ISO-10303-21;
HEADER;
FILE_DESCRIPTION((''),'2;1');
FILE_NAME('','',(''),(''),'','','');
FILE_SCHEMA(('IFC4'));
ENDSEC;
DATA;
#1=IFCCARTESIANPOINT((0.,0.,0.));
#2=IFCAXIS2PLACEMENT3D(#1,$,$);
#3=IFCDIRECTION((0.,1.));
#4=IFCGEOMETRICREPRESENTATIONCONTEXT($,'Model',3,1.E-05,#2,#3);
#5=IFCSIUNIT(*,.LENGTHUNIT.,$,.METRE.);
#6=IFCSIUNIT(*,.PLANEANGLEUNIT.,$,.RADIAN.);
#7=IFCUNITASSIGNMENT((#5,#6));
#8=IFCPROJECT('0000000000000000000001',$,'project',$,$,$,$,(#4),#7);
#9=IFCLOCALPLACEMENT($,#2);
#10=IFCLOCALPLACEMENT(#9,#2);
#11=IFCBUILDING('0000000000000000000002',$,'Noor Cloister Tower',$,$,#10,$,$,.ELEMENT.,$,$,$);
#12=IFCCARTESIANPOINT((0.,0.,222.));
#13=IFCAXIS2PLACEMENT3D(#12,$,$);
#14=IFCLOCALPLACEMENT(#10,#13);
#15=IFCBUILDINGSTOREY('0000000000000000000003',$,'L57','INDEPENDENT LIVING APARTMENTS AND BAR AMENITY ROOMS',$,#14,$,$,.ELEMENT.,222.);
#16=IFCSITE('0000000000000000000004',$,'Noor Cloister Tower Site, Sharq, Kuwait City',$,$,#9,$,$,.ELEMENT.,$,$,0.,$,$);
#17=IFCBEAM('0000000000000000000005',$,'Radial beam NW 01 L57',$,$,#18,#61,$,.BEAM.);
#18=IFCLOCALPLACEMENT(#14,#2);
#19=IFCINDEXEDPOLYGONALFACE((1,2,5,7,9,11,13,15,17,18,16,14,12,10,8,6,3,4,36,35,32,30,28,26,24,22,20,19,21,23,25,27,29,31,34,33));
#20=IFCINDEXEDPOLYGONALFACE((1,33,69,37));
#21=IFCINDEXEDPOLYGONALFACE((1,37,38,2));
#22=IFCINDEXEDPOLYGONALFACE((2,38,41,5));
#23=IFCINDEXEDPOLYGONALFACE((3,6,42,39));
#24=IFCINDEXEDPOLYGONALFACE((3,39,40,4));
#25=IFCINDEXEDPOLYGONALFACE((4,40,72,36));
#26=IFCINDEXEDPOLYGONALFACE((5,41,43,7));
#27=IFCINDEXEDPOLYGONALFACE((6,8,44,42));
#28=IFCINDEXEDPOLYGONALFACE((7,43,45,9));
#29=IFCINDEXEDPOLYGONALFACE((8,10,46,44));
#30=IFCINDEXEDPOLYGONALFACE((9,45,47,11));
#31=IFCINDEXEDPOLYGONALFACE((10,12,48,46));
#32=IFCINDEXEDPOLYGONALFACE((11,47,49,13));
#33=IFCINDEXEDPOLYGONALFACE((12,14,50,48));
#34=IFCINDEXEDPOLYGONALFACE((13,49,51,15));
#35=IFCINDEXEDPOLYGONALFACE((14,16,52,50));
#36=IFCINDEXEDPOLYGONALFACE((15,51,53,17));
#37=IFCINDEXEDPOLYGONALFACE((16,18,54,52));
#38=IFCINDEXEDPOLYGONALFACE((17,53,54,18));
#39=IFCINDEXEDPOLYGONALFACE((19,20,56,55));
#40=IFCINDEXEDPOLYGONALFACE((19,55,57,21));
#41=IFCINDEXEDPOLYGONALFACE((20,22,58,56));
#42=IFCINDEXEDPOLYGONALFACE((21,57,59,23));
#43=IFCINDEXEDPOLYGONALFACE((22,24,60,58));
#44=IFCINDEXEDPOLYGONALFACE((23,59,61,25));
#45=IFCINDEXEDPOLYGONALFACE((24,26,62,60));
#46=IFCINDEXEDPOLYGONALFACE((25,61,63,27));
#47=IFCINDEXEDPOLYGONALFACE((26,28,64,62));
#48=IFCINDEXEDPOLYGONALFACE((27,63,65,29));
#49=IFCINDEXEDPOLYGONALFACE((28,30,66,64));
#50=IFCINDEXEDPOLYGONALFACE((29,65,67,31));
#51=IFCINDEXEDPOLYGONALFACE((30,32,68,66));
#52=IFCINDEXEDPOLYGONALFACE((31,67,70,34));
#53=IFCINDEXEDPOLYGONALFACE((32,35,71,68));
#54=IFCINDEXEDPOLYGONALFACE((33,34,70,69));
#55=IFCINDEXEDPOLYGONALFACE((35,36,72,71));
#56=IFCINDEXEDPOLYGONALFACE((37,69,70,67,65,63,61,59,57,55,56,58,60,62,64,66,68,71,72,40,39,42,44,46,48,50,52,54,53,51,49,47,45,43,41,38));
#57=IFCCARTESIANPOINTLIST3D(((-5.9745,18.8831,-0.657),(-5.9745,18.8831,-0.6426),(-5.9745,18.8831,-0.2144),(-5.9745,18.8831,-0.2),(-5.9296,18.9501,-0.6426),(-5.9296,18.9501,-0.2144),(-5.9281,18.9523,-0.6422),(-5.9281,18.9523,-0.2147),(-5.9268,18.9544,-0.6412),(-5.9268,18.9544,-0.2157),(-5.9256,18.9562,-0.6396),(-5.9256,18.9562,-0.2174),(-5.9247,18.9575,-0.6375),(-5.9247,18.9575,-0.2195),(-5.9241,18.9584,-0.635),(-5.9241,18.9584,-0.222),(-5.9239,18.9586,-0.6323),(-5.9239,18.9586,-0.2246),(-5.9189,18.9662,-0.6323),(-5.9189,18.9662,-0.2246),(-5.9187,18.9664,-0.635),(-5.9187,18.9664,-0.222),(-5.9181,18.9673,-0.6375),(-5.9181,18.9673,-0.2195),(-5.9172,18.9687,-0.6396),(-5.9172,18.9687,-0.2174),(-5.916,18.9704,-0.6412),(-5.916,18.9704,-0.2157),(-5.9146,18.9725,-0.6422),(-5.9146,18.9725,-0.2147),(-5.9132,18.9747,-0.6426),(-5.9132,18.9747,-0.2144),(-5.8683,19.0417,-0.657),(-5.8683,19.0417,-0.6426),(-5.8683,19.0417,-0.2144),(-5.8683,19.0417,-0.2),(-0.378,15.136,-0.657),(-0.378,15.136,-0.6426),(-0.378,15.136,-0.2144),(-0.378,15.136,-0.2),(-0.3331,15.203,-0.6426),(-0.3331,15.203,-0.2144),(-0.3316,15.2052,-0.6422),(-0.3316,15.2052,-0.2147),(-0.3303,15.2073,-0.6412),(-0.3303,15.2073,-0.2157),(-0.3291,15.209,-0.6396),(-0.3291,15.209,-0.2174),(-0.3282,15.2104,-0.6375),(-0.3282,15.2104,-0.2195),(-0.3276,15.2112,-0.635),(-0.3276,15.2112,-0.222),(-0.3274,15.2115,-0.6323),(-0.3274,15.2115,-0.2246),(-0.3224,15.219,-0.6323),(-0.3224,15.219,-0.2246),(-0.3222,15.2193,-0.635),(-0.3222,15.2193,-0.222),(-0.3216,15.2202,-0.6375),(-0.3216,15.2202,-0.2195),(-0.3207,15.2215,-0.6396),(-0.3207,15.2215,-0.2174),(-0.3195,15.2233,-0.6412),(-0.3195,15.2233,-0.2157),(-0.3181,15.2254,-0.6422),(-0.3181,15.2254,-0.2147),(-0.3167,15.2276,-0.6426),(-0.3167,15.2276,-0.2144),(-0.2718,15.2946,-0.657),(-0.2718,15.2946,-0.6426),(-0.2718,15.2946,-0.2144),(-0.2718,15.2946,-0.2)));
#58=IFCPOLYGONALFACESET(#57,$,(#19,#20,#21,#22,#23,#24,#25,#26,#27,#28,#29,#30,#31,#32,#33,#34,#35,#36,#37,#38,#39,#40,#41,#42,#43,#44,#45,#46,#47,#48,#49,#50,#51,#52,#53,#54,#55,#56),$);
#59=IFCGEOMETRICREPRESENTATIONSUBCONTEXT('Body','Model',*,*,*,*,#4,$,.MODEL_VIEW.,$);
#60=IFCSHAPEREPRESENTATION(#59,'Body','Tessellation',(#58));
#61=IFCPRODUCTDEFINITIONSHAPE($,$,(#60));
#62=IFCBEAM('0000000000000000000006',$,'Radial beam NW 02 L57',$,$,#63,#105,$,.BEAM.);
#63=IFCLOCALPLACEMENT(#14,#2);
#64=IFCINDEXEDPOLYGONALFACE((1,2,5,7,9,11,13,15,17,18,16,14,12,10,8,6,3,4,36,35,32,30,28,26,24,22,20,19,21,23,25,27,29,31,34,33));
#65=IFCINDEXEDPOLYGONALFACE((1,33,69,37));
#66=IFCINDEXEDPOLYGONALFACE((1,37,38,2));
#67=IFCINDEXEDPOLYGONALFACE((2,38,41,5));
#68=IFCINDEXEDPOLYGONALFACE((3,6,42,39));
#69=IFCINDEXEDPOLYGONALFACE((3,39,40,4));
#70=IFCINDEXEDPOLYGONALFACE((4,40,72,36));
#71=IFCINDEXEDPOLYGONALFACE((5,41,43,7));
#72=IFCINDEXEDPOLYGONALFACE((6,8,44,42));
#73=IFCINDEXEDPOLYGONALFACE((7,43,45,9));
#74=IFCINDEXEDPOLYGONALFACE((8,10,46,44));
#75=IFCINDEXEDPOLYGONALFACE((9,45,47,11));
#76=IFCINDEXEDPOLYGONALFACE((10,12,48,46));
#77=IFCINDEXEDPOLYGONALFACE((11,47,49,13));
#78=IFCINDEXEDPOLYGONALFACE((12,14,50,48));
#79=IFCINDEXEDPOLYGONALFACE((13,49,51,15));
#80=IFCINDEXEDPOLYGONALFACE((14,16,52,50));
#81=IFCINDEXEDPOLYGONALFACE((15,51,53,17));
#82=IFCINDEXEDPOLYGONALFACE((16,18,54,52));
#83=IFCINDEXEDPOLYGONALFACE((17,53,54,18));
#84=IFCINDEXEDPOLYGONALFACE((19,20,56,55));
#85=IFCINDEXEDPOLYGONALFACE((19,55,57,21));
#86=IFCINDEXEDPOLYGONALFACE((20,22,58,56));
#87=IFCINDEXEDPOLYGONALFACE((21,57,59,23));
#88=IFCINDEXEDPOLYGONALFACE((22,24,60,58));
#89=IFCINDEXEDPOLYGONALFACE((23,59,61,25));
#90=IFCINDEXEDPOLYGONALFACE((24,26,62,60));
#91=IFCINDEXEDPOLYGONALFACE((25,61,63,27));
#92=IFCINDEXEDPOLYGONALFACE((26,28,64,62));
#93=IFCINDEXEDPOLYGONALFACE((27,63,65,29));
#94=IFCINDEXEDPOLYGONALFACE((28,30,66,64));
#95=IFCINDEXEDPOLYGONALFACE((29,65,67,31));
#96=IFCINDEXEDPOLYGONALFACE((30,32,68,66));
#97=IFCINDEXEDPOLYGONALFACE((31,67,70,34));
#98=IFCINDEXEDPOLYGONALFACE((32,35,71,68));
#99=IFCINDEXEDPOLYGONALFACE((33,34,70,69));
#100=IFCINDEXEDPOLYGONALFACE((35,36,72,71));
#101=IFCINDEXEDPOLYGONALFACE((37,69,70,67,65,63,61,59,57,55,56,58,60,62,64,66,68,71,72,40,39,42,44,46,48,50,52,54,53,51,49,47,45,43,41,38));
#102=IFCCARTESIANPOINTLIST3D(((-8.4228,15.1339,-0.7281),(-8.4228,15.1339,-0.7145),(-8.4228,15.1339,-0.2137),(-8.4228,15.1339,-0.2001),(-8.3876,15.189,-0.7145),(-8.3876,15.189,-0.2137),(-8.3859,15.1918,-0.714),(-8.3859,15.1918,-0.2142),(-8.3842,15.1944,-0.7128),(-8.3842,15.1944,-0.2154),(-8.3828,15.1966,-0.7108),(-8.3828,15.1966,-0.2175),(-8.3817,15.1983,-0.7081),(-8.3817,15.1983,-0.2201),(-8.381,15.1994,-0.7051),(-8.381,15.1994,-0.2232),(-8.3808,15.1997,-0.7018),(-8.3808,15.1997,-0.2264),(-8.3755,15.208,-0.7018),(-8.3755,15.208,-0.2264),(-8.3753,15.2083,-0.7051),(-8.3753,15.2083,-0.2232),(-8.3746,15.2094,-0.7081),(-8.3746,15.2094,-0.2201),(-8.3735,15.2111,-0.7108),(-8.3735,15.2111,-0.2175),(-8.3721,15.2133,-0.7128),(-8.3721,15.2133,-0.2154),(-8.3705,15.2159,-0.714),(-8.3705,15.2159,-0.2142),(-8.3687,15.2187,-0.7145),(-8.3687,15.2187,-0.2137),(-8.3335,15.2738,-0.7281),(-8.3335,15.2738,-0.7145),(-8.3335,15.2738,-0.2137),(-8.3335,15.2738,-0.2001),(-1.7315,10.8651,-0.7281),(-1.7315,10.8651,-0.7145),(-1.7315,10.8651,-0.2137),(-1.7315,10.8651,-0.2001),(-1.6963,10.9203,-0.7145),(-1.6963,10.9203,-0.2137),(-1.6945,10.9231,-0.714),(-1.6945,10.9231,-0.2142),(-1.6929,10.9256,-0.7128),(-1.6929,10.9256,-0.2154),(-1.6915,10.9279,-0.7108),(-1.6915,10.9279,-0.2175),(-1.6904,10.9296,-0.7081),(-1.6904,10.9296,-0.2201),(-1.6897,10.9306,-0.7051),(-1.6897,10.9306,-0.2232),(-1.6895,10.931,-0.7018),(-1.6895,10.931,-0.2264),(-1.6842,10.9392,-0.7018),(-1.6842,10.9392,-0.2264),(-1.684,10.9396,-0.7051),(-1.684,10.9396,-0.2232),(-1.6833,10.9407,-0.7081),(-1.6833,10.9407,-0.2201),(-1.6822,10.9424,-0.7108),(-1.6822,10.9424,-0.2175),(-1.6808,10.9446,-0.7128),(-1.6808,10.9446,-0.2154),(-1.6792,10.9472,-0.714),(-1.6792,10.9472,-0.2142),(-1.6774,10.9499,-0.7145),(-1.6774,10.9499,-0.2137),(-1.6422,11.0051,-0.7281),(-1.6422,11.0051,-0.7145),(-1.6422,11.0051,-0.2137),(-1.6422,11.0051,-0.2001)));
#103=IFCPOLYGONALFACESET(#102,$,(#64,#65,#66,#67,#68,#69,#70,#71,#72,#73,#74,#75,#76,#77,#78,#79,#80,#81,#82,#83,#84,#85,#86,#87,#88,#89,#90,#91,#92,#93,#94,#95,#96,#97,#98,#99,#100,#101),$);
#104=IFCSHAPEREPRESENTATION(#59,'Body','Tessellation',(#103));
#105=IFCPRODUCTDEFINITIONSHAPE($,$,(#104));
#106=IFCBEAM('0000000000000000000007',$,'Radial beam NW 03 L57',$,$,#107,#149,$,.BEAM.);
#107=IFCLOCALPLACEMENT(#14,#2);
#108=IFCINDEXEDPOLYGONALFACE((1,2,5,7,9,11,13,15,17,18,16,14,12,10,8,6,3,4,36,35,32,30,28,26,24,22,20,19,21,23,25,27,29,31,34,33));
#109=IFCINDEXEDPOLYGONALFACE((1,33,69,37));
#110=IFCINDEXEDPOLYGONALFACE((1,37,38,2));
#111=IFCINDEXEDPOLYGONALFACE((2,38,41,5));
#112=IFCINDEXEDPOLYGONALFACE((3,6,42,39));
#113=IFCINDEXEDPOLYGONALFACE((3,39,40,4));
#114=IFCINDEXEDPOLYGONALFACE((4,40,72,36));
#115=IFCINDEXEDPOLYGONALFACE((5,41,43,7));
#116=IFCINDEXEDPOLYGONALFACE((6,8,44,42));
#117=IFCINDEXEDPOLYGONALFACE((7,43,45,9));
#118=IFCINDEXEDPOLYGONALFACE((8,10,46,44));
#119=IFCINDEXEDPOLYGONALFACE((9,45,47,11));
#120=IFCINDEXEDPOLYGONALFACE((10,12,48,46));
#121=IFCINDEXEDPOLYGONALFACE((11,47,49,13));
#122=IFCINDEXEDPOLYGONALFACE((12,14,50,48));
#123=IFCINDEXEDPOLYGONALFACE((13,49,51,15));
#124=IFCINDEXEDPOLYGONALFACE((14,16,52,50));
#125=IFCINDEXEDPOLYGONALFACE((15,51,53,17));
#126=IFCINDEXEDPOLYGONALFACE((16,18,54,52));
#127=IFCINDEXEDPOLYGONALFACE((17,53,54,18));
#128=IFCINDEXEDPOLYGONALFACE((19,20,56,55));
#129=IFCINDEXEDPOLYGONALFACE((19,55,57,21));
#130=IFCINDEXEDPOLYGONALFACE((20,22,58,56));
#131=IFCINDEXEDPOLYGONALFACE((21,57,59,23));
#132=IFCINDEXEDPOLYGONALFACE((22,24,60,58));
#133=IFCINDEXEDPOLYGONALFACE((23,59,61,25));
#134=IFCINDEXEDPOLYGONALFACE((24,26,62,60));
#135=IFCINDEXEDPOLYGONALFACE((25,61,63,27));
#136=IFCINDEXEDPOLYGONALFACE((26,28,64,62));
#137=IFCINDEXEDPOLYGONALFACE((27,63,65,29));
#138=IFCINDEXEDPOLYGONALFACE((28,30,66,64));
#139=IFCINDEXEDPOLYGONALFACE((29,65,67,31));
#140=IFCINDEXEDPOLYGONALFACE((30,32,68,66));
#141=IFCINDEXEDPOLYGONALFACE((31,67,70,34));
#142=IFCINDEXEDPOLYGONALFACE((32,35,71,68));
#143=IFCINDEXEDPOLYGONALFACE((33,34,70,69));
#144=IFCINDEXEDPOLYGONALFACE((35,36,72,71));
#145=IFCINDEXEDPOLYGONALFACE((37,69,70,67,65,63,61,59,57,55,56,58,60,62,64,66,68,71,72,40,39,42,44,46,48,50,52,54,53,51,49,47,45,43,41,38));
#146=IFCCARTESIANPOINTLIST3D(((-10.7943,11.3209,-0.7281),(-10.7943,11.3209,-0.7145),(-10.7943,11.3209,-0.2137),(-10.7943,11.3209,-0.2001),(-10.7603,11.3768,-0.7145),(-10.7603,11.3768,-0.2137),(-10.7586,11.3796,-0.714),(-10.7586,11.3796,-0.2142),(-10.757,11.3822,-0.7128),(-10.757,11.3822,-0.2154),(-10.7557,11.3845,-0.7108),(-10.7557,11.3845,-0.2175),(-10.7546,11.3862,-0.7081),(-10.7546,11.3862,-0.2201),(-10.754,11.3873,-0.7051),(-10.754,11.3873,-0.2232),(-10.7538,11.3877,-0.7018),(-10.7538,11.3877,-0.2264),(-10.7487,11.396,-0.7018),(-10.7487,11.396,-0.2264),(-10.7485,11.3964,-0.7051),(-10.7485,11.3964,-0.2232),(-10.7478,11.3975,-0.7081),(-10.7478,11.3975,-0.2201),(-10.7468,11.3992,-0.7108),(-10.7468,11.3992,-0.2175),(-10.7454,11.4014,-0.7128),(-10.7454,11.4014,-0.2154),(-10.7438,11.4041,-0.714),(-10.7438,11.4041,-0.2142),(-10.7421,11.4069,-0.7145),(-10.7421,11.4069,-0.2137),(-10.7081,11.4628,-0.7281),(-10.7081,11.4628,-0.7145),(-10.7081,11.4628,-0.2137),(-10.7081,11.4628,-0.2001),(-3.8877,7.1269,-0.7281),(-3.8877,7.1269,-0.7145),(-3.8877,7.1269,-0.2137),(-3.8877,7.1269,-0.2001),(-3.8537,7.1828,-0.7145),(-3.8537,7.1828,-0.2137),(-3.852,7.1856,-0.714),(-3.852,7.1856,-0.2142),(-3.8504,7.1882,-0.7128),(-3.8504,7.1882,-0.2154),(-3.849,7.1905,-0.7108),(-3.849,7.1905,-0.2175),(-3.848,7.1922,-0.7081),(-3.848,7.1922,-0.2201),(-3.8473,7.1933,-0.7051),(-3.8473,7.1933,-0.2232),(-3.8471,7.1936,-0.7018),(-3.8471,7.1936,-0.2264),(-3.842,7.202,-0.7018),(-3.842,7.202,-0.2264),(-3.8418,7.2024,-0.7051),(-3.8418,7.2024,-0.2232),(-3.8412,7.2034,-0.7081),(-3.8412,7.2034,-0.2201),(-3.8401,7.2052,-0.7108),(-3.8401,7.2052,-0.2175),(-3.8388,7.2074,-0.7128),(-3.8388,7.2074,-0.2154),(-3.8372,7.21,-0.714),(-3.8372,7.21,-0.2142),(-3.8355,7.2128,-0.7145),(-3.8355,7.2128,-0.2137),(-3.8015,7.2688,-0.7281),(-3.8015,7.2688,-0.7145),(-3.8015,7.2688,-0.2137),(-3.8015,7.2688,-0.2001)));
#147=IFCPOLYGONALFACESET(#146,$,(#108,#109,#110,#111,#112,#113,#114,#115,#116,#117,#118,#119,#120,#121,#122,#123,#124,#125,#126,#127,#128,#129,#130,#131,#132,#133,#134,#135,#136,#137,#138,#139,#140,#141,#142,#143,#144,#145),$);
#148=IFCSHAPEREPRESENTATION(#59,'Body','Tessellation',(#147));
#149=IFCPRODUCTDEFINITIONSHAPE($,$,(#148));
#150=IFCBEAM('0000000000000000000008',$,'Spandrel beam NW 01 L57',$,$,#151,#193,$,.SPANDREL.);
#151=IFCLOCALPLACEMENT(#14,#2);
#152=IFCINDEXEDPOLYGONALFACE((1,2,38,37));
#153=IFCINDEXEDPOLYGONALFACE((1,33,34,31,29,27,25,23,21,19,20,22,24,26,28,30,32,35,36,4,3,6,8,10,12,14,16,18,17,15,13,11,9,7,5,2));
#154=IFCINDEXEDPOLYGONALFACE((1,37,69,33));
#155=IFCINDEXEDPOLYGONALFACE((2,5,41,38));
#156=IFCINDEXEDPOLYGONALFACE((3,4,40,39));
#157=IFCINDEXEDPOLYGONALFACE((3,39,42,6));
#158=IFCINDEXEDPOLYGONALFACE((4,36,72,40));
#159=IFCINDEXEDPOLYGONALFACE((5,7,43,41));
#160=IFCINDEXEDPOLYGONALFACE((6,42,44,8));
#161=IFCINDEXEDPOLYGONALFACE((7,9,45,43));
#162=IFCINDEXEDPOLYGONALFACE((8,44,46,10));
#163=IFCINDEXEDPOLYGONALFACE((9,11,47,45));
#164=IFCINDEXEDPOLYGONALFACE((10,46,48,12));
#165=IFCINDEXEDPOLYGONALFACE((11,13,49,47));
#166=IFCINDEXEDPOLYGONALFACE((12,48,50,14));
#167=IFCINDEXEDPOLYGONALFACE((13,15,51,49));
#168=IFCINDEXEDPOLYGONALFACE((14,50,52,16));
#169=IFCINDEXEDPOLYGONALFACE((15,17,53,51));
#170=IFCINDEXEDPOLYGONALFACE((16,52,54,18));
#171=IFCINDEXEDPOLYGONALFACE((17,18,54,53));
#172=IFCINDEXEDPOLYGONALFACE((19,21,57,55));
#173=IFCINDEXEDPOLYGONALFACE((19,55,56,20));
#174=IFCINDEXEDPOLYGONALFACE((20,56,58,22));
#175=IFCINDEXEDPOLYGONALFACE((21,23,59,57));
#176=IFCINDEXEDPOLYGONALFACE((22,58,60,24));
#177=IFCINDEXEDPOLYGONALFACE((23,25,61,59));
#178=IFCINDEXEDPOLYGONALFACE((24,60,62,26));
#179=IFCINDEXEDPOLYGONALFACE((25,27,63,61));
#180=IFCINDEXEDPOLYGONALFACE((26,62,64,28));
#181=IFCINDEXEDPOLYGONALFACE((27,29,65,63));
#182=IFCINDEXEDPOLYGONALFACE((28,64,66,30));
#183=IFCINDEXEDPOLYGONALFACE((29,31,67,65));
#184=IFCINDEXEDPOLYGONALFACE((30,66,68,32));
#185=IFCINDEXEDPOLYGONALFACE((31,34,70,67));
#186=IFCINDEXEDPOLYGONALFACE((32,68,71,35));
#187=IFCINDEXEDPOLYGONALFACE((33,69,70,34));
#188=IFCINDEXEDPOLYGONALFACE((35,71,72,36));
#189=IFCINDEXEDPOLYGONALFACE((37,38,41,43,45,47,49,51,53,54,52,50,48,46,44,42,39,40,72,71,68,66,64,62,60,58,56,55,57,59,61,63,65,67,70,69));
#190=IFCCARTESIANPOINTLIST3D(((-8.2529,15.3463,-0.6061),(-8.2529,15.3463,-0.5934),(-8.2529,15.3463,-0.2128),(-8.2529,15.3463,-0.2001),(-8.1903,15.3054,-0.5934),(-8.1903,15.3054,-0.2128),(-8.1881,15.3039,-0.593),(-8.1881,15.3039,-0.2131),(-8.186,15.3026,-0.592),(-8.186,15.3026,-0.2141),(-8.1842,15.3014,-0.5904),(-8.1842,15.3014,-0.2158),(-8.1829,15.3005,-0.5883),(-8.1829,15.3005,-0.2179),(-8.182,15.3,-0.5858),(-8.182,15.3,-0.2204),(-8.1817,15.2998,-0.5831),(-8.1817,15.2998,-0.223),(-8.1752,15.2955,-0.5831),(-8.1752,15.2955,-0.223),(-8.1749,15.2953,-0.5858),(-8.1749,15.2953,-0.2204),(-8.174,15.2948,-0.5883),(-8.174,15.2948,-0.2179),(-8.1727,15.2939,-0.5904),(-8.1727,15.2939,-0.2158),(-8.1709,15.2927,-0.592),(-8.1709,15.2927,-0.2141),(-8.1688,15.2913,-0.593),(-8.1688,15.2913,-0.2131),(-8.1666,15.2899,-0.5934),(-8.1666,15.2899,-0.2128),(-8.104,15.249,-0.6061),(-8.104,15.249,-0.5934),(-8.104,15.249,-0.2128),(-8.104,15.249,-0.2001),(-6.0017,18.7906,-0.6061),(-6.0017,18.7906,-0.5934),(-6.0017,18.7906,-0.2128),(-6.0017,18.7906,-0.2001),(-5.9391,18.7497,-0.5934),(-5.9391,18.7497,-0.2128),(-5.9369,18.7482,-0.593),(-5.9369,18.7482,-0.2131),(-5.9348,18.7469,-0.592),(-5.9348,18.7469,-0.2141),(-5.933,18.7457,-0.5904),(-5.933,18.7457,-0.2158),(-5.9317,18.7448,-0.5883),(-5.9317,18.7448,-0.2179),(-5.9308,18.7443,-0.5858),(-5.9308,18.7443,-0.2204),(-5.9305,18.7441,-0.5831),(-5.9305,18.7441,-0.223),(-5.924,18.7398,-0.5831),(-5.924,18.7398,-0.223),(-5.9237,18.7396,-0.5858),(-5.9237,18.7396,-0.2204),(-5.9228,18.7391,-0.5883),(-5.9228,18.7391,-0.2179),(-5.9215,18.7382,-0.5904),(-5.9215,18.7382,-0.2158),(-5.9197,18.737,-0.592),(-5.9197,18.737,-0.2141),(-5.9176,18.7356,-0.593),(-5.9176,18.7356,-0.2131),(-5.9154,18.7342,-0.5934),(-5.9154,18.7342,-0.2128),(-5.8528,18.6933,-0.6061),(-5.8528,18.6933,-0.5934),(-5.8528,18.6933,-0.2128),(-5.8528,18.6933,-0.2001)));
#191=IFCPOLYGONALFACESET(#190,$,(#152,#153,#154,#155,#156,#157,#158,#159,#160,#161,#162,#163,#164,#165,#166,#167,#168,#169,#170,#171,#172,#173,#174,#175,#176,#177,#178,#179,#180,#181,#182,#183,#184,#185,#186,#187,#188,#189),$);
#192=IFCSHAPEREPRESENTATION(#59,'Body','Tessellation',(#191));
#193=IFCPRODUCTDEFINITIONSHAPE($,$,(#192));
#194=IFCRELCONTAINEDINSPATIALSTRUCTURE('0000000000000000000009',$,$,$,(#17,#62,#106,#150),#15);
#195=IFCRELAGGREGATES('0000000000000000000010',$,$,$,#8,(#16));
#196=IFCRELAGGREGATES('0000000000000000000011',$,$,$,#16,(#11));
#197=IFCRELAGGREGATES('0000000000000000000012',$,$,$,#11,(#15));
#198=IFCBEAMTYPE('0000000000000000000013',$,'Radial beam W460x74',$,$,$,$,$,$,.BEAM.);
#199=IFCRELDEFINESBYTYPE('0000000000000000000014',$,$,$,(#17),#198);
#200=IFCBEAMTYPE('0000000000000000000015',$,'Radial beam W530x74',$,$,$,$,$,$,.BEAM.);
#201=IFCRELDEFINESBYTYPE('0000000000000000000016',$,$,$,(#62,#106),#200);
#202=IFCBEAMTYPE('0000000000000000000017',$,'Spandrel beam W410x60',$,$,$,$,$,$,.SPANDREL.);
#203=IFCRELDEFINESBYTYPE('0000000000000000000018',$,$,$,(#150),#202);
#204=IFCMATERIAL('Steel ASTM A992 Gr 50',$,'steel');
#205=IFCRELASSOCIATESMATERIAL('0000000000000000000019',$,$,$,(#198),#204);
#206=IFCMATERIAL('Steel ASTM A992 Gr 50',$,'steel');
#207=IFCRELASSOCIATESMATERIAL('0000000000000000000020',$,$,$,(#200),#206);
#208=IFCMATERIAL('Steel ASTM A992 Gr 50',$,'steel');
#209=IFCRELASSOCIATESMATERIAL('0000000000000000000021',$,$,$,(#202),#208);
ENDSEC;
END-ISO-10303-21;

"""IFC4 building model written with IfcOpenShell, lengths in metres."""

from ifc_helpers import new_model, si_unit, direction, frame, origin, origin_2d, place, context, subcontext, project, spatial, i_section, extrude, material, material_profile, profile_set, type_object, element, save


model = new_model("IFC4")

# Units and contexts
model_context = context("Model", 3, precision=1e-05, world=origin(), true_north=direction((0.0, 1.0)))
body_context = subcontext(model_context, "Body", "Model", "MODEL_VIEW")
ifc_project = project(units=[si_unit("LENGTHUNIT", "METRE"), si_unit("PLANEANGLEUNIT", "RADIAN")], contexts=[model_context])

# Site, building, storey
site_placement = place(None, origin())
site = spatial("IfcSite", under=ifc_project, at=site_placement, Name="Noor Cloister Tower Site, Sharq, Kuwait City", CompositionType="ELEMENT", RefElevation=0.0)
building_placement = place(site_placement, origin())
building = spatial("IfcBuilding", under=site, at=building_placement, Name="Noor Cloister Tower", CompositionType="ELEMENT")
storey_placement = place(building_placement, frame((0.0, 0.0, 222.0)))
storey = spatial("IfcBuildingStorey", under=building, at=storey_placement, Name="L57", Description="INDEPENDENT LIVING APARTMENTS AND BAR AMENITY ROOMS", CompositionType="ELEMENT", Elevation=222.0)

# Beams
ifc_material_1 = material(Name="Steel ASTM A992 Gr 50", Category="steel")
ifc_material_profile_1 = material_profile(ifc_material_1, i_section(OverallWidth=0.1909, OverallDepth=0.457, WebThickness=0.009, FlangeThickness=0.0144, FilletRadius=0.0103, at=origin_2d()), Name="W460x74")
ifc_profile_set_1 = profile_set([ifc_material_profile_1], Name="Steel ASTM A992 Gr 50")
beam_type_1 = type_object("IfcBeamType", Name="Radial beam W460x74", PredefinedType="BEAM", material=ifc_profile_set_1)
beam_1_placement = place(storey_placement, frame((-5.9214, 18.9624, -0.4285), z_axis=(0.830944, -0.556355, 0.0), x_axis=(0.556355, 0.830944, 0.0)))
element("IfcBeam", 1, at=beam_1_placement, inside=storey, type_object=beam_type_1, Name="Radial beam NW 01 L57", PredefinedType="BEAM", context=body_context, shape_type="SweptSolid", body=[
    extrude(i_section(OverallWidth=0.1909, OverallDepth=0.457, WebThickness=0.009, FlangeThickness=0.0144, FilletRadius=0.0103, at=origin_2d()), origin(), (0.0, 0.0, 1.0), 6.7351),
])
ifc_material_2 = material(Name="Steel ASTM A992 Gr 50", Category="steel")
ifc_material_profile_2 = material_profile(ifc_material_2, i_section(OverallWidth=0.166, OverallDepth=0.5281, WebThickness=0.0098, FlangeThickness=0.0137, FilletRadius=0.0127, at=origin_2d()), Name="W530x74")
ifc_profile_set_2 = profile_set([ifc_material_profile_2], Name="Steel ASTM A992 Gr 50")
beam_type_2 = type_object("IfcBeamType", Name="Radial beam W530x74", PredefinedType="BEAM", material=ifc_profile_set_2)
beam_2_placement = place(storey_placement, frame((-8.3782, 15.2039, -0.4641), z_axis=(0.843054, -0.537829, 0.0), x_axis=(0.537829, 0.843054, 0.0)))
element("IfcBeam", 2, at=beam_2_placement, inside=storey, type_object=beam_type_2, Name="Radial beam NW 02 L57", PredefinedType="BEAM", context=body_context, shape_type="SweptSolid", body=[
    extrude(i_section(OverallWidth=0.166, OverallDepth=0.5281, WebThickness=0.0098, FlangeThickness=0.0137, FilletRadius=0.0127, at=origin_2d()), origin(), (0.0, 0.0, 1.0), 7.937),
])
beam_3_placement = place(storey_placement, frame((-10.7512, 11.3918, -0.4641), z_axis=(0.854748, -0.519043, 0.0), x_axis=(0.519043, 0.854748, 0.0)))
element("IfcBeam", 3, at=beam_3_placement, inside=storey, type_object=beam_type_2, Name="Radial beam NW 03 L57", PredefinedType="BEAM", context=body_context, shape_type="SweptSolid", body=[
    extrude(i_section(OverallWidth=0.166, OverallDepth=0.5281, WebThickness=0.0098, FlangeThickness=0.0137, FilletRadius=0.0127, at=origin_2d()), origin(), (0.0, 0.0, 1.0), 8.0803),
])
ifc_material_3 = material(Name="Steel ASTM A992 Gr 50", Category="steel")
ifc_material_profile_3 = material_profile(ifc_material_3, i_section(OverallWidth=0.178, OverallDepth=0.406, WebThickness=0.0078, FlangeThickness=0.0127, FilletRadius=0.0103, at=origin_2d()), Name="W410x60")
ifc_profile_set_3 = profile_set([ifc_material_profile_3], Name="Steel ASTM A992 Gr 50")
beam_type_3 = type_object("IfcBeamType", Name="Spandrel beam W410x60", PredefinedType="SPANDREL", material=ifc_profile_set_3)
beam_4_placement = place(storey_placement, frame((-5.9272, 18.7419, -0.4031), z_axis=(-0.547105, -0.837064, 0.0), x_axis=(0.837064, -0.547105, 0.0)))
element("IfcBeam", 4, at=beam_4_placement, inside=storey, type_object=beam_type_3, Name="Spandrel beam NW 01 L57", PredefinedType="SPANDREL", context=body_context, shape_type="SweptSolid", body=[
    extrude(i_section(OverallWidth=0.178, OverallDepth=0.406, WebThickness=0.0078, FlangeThickness=0.0127, FilletRadius=0.0103, at=origin_2d()), origin(), (0.0, 0.0, 1.0), 4.1147),
])

save(model, "model.ifc")
